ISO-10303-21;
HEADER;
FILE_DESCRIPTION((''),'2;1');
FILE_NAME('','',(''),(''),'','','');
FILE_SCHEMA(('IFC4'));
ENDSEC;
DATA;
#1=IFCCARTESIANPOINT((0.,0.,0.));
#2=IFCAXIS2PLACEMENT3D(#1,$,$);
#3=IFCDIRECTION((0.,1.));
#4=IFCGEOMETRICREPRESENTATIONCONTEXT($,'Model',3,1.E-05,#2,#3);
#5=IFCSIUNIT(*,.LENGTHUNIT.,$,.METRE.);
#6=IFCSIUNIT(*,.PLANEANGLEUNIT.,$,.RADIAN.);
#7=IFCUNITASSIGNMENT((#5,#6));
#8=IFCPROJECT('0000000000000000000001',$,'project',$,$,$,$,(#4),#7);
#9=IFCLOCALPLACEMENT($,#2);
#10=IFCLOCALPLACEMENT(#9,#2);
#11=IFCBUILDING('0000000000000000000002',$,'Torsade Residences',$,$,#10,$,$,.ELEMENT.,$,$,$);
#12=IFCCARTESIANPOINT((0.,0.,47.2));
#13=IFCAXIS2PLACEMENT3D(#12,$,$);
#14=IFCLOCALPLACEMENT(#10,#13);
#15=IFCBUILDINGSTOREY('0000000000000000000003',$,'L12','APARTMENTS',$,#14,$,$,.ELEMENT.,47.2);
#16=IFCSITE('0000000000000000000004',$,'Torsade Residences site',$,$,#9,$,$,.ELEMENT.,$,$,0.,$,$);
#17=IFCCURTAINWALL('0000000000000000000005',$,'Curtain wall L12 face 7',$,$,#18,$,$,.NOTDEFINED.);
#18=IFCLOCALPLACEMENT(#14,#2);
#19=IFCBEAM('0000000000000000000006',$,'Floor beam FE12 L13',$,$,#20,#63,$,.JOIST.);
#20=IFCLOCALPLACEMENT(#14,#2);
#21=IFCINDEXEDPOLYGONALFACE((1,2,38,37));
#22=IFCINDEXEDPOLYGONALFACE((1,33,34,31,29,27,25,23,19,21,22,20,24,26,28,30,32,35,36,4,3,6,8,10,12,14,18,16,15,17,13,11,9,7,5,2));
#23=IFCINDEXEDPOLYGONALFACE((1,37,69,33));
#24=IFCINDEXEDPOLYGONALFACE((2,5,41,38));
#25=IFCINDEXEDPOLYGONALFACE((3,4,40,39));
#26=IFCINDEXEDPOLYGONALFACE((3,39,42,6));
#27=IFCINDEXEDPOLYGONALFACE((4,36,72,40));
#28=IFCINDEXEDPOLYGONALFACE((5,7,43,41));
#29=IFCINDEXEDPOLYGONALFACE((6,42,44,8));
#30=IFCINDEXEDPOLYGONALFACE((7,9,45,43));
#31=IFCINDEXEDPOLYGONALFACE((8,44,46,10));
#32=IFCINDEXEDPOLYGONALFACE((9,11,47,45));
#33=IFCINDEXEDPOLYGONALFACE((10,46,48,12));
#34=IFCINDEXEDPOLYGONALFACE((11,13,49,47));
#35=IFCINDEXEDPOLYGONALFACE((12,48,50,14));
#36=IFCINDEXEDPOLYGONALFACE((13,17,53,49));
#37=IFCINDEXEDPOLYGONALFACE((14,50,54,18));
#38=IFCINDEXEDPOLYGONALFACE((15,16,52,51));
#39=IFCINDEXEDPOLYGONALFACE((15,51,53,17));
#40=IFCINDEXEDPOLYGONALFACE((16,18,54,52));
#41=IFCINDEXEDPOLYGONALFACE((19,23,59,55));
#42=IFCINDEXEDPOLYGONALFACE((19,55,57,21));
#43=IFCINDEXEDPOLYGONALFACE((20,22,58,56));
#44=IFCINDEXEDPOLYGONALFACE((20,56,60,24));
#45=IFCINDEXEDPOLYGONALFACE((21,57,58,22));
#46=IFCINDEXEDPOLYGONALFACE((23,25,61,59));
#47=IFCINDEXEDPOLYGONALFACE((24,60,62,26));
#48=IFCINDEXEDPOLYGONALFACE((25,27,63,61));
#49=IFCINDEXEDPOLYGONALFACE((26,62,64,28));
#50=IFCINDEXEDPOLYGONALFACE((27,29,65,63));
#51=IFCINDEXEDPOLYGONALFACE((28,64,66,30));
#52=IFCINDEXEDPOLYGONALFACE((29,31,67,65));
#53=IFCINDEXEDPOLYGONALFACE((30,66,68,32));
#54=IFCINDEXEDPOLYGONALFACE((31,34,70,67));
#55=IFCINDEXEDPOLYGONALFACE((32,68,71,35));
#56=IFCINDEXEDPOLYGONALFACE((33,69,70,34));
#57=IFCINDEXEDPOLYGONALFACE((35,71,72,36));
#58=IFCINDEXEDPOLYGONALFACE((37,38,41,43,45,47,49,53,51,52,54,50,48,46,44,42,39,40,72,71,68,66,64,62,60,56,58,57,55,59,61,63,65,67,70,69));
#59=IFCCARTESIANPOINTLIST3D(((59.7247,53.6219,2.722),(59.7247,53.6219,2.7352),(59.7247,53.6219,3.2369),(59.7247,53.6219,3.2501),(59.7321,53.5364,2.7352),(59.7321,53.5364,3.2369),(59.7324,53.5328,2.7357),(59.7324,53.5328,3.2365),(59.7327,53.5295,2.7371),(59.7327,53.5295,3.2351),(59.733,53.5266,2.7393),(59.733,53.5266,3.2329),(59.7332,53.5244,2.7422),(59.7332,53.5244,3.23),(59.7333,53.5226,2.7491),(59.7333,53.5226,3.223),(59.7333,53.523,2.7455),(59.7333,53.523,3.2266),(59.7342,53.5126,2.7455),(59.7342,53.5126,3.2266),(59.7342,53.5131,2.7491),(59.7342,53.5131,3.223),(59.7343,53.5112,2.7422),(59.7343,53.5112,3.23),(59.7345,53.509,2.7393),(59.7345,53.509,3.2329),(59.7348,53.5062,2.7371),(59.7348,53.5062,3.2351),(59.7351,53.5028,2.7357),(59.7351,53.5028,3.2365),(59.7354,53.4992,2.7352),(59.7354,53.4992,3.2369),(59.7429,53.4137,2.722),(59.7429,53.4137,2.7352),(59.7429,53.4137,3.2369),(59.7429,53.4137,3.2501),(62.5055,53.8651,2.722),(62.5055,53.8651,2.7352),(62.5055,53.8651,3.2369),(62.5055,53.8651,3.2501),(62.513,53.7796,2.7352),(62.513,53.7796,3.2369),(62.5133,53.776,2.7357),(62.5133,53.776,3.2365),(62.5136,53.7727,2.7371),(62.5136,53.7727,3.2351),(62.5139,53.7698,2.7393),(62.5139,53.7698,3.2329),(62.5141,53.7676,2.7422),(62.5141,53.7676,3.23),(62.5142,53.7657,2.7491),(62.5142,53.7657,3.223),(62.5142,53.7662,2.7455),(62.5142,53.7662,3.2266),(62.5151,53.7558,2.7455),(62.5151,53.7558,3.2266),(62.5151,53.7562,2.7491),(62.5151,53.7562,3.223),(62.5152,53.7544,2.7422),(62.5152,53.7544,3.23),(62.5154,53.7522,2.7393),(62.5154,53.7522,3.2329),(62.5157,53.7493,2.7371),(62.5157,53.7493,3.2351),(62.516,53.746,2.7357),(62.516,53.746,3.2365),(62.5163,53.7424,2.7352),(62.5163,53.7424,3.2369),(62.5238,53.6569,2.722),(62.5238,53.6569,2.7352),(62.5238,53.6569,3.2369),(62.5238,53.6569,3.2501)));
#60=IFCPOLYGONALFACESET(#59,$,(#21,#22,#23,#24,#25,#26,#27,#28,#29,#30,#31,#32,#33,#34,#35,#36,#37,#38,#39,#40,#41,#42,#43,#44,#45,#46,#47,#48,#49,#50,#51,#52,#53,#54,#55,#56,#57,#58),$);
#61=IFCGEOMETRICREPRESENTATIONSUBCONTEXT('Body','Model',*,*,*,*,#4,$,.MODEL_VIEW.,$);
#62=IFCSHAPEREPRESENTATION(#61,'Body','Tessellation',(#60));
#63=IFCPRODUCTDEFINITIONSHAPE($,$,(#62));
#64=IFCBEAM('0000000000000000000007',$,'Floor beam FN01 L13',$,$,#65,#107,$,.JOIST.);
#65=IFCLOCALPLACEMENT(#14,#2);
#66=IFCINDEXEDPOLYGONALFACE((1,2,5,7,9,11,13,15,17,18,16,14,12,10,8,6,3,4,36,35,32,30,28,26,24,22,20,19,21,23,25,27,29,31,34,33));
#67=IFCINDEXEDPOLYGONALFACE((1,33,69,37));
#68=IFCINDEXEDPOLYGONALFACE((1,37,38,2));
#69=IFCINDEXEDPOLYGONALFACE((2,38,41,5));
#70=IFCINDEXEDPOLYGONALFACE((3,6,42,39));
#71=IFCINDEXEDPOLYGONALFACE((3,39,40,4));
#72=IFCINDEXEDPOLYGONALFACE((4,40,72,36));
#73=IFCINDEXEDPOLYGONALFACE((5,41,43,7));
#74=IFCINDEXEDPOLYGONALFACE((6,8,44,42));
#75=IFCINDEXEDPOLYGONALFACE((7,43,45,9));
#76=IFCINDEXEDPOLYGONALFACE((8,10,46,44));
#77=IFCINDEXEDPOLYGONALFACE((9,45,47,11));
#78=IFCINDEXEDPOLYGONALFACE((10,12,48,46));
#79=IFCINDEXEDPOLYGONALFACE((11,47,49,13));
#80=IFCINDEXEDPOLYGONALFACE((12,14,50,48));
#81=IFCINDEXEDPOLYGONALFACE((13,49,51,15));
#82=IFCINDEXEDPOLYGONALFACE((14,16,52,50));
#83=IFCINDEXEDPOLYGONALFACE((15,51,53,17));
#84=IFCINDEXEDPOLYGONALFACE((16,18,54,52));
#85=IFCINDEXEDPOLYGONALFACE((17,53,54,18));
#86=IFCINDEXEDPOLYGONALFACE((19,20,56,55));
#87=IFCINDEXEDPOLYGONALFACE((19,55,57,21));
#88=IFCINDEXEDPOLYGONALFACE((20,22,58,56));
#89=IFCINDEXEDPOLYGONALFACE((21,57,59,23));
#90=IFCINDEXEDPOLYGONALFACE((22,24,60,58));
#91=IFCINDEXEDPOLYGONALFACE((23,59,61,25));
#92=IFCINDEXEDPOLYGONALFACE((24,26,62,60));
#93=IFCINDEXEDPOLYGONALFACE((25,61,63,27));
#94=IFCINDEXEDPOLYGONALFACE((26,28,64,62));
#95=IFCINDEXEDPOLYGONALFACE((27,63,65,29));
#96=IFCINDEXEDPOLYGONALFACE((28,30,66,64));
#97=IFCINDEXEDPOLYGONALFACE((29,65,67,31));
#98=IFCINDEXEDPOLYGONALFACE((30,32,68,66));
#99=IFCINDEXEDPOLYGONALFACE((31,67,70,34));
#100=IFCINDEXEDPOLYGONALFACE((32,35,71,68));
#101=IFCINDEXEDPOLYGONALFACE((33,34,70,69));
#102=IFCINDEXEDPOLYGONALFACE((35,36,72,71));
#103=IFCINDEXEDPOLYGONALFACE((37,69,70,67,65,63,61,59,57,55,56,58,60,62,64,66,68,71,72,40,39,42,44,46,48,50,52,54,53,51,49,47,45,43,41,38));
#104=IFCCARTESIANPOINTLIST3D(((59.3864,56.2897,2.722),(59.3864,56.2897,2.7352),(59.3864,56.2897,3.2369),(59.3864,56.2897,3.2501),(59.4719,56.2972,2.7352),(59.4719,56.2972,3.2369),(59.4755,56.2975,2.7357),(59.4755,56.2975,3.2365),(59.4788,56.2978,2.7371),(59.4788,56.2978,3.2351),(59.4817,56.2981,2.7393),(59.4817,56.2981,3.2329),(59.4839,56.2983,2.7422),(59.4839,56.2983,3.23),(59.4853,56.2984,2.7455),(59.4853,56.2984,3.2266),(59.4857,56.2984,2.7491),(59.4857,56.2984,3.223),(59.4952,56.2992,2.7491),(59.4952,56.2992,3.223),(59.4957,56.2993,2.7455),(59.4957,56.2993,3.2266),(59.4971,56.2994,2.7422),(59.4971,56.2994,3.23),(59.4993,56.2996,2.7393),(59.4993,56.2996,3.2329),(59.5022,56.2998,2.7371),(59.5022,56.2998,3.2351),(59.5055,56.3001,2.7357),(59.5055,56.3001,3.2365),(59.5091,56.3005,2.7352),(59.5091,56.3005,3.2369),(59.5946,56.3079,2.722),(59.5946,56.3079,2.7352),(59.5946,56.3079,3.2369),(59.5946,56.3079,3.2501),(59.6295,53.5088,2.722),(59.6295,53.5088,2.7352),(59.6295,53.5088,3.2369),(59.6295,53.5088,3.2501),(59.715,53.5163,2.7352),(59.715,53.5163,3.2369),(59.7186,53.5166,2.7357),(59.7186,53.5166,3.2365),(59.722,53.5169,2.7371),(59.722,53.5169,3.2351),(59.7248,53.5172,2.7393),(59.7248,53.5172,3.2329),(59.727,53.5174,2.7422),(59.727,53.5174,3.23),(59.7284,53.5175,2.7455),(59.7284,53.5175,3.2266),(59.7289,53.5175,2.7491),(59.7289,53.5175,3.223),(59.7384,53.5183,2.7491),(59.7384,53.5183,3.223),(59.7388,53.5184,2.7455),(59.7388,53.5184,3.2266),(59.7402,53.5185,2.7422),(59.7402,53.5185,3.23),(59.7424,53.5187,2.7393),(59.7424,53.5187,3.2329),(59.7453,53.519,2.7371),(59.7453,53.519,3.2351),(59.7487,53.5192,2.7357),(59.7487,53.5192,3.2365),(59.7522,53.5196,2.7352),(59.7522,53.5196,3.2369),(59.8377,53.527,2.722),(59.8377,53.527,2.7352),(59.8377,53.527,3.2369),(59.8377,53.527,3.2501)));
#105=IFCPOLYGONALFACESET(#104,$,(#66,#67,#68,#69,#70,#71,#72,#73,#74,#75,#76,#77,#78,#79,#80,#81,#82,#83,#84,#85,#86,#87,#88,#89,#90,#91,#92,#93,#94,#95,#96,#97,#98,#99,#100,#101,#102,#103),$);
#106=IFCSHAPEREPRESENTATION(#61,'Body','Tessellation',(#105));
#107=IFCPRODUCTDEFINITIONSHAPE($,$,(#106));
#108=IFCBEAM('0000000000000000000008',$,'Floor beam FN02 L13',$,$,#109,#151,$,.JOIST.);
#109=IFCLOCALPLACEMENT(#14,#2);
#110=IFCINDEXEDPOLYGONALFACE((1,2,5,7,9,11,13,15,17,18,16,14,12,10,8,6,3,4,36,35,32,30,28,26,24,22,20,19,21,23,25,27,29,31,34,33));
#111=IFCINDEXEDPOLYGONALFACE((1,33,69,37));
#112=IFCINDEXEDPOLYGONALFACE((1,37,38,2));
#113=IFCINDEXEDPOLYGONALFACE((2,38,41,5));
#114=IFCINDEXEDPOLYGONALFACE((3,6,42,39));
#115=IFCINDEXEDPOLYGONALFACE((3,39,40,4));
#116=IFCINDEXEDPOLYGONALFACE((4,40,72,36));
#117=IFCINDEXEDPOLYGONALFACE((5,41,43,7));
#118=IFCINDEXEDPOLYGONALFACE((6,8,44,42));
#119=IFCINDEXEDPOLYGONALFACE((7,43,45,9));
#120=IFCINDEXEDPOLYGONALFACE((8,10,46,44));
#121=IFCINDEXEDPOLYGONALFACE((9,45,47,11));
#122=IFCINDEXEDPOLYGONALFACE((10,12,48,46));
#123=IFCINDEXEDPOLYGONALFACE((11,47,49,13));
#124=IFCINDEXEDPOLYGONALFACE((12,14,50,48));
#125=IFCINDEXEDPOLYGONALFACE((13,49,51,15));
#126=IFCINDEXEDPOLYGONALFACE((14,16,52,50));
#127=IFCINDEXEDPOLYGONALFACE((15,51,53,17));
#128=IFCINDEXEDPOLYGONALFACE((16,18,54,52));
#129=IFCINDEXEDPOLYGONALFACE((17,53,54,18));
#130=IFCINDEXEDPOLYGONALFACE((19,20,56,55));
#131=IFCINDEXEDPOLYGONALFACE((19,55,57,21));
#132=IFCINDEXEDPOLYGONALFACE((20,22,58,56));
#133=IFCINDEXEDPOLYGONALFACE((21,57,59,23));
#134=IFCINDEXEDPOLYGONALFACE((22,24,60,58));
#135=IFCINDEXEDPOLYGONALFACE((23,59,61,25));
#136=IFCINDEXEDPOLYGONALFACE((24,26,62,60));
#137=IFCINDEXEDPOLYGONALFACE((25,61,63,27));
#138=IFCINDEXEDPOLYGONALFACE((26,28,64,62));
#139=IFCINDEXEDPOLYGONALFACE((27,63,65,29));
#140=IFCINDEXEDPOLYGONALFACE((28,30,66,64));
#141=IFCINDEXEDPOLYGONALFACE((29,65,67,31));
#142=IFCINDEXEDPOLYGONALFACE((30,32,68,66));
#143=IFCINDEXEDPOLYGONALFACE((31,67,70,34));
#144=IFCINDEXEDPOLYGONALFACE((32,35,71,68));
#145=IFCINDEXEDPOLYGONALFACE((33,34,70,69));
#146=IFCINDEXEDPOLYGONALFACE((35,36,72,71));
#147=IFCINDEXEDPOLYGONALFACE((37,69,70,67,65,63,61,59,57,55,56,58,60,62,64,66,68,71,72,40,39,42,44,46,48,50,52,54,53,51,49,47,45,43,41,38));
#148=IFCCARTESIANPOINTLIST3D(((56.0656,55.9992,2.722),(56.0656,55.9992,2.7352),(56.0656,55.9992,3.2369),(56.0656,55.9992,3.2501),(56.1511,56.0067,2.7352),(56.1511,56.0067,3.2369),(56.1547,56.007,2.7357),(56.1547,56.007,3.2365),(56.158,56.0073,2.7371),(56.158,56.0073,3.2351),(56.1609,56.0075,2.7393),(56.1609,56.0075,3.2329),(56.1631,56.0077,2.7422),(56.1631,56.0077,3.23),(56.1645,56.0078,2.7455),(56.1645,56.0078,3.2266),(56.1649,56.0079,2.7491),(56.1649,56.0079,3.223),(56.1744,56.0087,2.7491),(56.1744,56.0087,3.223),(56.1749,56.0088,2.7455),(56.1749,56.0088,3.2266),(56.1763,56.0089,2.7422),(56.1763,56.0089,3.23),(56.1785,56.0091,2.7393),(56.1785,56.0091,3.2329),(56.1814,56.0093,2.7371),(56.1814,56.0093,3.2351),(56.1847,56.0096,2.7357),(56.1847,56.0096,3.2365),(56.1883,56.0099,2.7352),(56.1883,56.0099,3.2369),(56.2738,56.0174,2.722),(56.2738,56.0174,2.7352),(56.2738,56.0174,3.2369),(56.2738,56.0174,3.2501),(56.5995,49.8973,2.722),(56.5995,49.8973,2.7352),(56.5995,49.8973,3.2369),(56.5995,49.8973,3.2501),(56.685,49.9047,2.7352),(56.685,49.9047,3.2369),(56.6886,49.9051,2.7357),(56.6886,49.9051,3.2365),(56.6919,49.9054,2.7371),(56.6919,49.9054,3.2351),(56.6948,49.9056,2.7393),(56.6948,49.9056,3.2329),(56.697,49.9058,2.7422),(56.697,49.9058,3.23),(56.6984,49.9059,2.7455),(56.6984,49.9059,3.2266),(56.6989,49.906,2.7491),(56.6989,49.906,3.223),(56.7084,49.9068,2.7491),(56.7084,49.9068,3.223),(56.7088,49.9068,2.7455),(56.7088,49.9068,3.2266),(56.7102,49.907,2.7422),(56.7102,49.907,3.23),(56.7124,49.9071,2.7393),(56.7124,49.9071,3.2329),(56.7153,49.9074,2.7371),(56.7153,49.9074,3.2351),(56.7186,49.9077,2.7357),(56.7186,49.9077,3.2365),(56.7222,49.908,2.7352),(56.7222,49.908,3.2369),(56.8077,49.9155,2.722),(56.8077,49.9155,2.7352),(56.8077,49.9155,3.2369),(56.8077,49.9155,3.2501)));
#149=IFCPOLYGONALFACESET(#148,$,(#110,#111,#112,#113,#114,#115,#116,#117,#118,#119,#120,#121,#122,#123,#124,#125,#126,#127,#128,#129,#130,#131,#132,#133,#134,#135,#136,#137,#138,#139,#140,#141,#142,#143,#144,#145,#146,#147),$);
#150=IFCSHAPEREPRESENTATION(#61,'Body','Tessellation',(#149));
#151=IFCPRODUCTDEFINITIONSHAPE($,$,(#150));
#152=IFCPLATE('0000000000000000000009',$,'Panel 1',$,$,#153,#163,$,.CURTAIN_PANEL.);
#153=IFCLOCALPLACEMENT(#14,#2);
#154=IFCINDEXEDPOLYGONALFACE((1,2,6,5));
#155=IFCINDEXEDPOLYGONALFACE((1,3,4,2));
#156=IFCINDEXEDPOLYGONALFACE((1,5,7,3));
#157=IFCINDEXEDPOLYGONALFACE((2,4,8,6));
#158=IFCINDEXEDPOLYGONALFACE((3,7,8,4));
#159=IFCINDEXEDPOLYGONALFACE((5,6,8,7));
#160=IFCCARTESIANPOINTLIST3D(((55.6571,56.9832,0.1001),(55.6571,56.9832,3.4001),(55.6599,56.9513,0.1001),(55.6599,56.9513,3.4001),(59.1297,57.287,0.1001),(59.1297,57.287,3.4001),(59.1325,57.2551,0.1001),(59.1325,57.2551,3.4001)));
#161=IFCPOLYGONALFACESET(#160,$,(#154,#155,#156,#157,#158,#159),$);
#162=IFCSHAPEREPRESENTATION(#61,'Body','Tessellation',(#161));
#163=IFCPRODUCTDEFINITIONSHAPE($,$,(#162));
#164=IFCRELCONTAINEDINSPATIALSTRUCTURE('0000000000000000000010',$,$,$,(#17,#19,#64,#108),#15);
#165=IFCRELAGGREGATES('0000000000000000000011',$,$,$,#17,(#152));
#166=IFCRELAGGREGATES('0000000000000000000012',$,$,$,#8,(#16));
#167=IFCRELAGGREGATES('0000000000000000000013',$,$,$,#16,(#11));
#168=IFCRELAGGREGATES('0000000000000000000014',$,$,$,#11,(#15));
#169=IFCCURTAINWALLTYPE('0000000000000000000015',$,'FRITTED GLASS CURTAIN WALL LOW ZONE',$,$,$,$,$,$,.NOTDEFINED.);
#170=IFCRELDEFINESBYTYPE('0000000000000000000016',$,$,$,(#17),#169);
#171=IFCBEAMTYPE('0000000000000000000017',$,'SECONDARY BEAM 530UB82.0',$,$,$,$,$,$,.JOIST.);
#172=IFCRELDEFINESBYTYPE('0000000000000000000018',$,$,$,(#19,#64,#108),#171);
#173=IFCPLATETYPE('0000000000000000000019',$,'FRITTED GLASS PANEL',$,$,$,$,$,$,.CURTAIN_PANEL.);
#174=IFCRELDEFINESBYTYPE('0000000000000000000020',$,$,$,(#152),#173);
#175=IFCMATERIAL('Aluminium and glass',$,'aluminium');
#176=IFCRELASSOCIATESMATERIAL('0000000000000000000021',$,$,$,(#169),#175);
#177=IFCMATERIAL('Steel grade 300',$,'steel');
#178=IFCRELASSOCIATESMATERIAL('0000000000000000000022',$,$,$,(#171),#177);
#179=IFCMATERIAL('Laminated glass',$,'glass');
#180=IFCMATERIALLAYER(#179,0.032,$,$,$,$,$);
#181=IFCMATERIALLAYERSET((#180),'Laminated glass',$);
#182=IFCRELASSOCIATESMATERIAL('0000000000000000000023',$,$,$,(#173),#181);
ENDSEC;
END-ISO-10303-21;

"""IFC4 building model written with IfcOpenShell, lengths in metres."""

from ifc_helpers import new_model, si_unit, direction, frame, origin, origin_2d, place, context, subcontext, project, spatial, rectangle, i_section, extrude, material, layer, layer_set, material_profile, profile_set, type_object, element, aggregate, save


model = new_model("IFC4")

# Units and contexts
model_context = context("Model", 3, precision=1e-05, world=origin(), true_north=direction((0.0, 1.0)))
body_context = subcontext(model_context, "Body", "Model", "MODEL_VIEW")
ifc_project = project(units=[si_unit("LENGTHUNIT", "METRE"), si_unit("PLANEANGLEUNIT", "RADIAN")], contexts=[model_context])

# Site, building, storey
site_placement = place(None, origin())
site = spatial("IfcSite", under=ifc_project, at=site_placement, Name="Torsade Residences site", CompositionType="ELEMENT", RefElevation=0.0)
building_placement = place(site_placement, origin())
building = spatial("IfcBuilding", under=site, at=building_placement, Name="Torsade Residences", CompositionType="ELEMENT")
storey_placement = place(building_placement, frame((0.0, 0.0, 47.2)))
storey = spatial("IfcBuildingStorey", under=building, at=storey_placement, Name="L12", Description="APARTMENTS", CompositionType="ELEMENT", Elevation=47.2)

# Curtain wall
ifc_material_1 = material(Name="Aluminium and glass", Category="aluminium")
curtain_wall_type = type_object("IfcCurtainWallType", Name="FRITTED GLASS CURTAIN WALL LOW ZONE", PredefinedType="NOTDEFINED", material=ifc_material_1)
curtain_wall_placement = place(storey_placement, origin())
curtain_wall = element("IfcCurtainWall", 1, at=curtain_wall_placement, inside=storey, type_object=curtain_wall_type, Name="Curtain wall L12 face 7", PredefinedType="NOTDEFINED")

# Beams
ifc_material_2 = material(Name="Steel grade 300", Category="steel")
ifc_material_profile_1 = material_profile(ifc_material_2, i_section(OverallWidth=0.209, OverallDepth=0.5281, WebThickness=0.0095, FlangeThickness=0.0132, FilletRadius=0.0139, at=origin_2d()), Name="530UB82.0")
ifc_profile_set_1 = profile_set([ifc_material_profile_1], Name="Steel grade 300")
beam_type_1 = type_object("IfcBeamType", Name="SECONDARY BEAM 530UB82.0", PredefinedType="JOIST", material=ifc_profile_set_1)
for number, where, z_axis, x_axis, name in (
    (2, (62.5146, 53.761, 2.9861), (-0.996199, -0.087105, 0.0), (0.087105, -0.996199, 0.0), "Floor beam FE12 L13"),
    (3, (59.4905, 56.2988, 2.9861), (0.087105, -0.996199, 0.0), (0.996199, 0.087105, 0.0), "Floor beam FN01 L13"),
):
    element("IfcBeam", number, at=place(storey_placement, frame(where, z_axis=z_axis, x_axis=x_axis)), inside=storey, type_object=beam_type_1, Name=name, PredefinedType="JOIST", context=body_context, shape_type="SweptSolid", body=[
        extrude(i_section(OverallWidth=0.209, OverallDepth=0.5281, WebThickness=0.0095, FlangeThickness=0.0132, FilletRadius=0.0139, at=origin_2d()), origin(), (0.0, 0.0, 1.0), 2.7915),
    ])
beam_1_placement = place(storey_placement, frame((56.1697, 56.0083, 2.9861), z_axis=(0.087171, -0.996193, 0.0), x_axis=(0.996193, 0.087171, 0.0)))
element("IfcBeam", 4, at=beam_1_placement, inside=storey, type_object=beam_type_1, Name="Floor beam FN02 L13", PredefinedType="JOIST", context=body_context, shape_type="SweptSolid", body=[
    extrude(i_section(OverallWidth=0.209, OverallDepth=0.5281, WebThickness=0.0095, FlangeThickness=0.0132, FilletRadius=0.0139, at=origin_2d()), origin(), (0.0, 0.0, 1.0), 6.1252),
])

# Plate
ifc_material_3 = material(Name="Laminated glass", Category="glass")
ifc_layer_1 = layer(ifc_material_3, 0.032)
ifc_layer_set_1 = layer_set([ifc_layer_1], Name="Laminated glass")
plate_type = type_object("IfcPlateType", Name="FRITTED GLASS PANEL", PredefinedType="CURTAIN_PANEL", material=ifc_layer_set_1)
plate_placement = place(storey_placement, frame((57.3948, 57.1191, 0.1001), z_axis=(0.0, 0.0, 1.0), x_axis=(-0.996195, -0.087156, 0.0)))
plate = element("IfcPlate", 5, at=plate_placement, type_object=plate_type, Name="Panel 1", PredefinedType="CURTAIN_PANEL", context=body_context, shape_type="SweptSolid", body=[
    extrude(rectangle(XDim=3.4858, YDim=0.032, at=origin_2d()), origin(), (0.0, 0.0, 1.0), 3.3),
])
aggregate(curtain_wall, [plate])

save(model, "model.ifc")
